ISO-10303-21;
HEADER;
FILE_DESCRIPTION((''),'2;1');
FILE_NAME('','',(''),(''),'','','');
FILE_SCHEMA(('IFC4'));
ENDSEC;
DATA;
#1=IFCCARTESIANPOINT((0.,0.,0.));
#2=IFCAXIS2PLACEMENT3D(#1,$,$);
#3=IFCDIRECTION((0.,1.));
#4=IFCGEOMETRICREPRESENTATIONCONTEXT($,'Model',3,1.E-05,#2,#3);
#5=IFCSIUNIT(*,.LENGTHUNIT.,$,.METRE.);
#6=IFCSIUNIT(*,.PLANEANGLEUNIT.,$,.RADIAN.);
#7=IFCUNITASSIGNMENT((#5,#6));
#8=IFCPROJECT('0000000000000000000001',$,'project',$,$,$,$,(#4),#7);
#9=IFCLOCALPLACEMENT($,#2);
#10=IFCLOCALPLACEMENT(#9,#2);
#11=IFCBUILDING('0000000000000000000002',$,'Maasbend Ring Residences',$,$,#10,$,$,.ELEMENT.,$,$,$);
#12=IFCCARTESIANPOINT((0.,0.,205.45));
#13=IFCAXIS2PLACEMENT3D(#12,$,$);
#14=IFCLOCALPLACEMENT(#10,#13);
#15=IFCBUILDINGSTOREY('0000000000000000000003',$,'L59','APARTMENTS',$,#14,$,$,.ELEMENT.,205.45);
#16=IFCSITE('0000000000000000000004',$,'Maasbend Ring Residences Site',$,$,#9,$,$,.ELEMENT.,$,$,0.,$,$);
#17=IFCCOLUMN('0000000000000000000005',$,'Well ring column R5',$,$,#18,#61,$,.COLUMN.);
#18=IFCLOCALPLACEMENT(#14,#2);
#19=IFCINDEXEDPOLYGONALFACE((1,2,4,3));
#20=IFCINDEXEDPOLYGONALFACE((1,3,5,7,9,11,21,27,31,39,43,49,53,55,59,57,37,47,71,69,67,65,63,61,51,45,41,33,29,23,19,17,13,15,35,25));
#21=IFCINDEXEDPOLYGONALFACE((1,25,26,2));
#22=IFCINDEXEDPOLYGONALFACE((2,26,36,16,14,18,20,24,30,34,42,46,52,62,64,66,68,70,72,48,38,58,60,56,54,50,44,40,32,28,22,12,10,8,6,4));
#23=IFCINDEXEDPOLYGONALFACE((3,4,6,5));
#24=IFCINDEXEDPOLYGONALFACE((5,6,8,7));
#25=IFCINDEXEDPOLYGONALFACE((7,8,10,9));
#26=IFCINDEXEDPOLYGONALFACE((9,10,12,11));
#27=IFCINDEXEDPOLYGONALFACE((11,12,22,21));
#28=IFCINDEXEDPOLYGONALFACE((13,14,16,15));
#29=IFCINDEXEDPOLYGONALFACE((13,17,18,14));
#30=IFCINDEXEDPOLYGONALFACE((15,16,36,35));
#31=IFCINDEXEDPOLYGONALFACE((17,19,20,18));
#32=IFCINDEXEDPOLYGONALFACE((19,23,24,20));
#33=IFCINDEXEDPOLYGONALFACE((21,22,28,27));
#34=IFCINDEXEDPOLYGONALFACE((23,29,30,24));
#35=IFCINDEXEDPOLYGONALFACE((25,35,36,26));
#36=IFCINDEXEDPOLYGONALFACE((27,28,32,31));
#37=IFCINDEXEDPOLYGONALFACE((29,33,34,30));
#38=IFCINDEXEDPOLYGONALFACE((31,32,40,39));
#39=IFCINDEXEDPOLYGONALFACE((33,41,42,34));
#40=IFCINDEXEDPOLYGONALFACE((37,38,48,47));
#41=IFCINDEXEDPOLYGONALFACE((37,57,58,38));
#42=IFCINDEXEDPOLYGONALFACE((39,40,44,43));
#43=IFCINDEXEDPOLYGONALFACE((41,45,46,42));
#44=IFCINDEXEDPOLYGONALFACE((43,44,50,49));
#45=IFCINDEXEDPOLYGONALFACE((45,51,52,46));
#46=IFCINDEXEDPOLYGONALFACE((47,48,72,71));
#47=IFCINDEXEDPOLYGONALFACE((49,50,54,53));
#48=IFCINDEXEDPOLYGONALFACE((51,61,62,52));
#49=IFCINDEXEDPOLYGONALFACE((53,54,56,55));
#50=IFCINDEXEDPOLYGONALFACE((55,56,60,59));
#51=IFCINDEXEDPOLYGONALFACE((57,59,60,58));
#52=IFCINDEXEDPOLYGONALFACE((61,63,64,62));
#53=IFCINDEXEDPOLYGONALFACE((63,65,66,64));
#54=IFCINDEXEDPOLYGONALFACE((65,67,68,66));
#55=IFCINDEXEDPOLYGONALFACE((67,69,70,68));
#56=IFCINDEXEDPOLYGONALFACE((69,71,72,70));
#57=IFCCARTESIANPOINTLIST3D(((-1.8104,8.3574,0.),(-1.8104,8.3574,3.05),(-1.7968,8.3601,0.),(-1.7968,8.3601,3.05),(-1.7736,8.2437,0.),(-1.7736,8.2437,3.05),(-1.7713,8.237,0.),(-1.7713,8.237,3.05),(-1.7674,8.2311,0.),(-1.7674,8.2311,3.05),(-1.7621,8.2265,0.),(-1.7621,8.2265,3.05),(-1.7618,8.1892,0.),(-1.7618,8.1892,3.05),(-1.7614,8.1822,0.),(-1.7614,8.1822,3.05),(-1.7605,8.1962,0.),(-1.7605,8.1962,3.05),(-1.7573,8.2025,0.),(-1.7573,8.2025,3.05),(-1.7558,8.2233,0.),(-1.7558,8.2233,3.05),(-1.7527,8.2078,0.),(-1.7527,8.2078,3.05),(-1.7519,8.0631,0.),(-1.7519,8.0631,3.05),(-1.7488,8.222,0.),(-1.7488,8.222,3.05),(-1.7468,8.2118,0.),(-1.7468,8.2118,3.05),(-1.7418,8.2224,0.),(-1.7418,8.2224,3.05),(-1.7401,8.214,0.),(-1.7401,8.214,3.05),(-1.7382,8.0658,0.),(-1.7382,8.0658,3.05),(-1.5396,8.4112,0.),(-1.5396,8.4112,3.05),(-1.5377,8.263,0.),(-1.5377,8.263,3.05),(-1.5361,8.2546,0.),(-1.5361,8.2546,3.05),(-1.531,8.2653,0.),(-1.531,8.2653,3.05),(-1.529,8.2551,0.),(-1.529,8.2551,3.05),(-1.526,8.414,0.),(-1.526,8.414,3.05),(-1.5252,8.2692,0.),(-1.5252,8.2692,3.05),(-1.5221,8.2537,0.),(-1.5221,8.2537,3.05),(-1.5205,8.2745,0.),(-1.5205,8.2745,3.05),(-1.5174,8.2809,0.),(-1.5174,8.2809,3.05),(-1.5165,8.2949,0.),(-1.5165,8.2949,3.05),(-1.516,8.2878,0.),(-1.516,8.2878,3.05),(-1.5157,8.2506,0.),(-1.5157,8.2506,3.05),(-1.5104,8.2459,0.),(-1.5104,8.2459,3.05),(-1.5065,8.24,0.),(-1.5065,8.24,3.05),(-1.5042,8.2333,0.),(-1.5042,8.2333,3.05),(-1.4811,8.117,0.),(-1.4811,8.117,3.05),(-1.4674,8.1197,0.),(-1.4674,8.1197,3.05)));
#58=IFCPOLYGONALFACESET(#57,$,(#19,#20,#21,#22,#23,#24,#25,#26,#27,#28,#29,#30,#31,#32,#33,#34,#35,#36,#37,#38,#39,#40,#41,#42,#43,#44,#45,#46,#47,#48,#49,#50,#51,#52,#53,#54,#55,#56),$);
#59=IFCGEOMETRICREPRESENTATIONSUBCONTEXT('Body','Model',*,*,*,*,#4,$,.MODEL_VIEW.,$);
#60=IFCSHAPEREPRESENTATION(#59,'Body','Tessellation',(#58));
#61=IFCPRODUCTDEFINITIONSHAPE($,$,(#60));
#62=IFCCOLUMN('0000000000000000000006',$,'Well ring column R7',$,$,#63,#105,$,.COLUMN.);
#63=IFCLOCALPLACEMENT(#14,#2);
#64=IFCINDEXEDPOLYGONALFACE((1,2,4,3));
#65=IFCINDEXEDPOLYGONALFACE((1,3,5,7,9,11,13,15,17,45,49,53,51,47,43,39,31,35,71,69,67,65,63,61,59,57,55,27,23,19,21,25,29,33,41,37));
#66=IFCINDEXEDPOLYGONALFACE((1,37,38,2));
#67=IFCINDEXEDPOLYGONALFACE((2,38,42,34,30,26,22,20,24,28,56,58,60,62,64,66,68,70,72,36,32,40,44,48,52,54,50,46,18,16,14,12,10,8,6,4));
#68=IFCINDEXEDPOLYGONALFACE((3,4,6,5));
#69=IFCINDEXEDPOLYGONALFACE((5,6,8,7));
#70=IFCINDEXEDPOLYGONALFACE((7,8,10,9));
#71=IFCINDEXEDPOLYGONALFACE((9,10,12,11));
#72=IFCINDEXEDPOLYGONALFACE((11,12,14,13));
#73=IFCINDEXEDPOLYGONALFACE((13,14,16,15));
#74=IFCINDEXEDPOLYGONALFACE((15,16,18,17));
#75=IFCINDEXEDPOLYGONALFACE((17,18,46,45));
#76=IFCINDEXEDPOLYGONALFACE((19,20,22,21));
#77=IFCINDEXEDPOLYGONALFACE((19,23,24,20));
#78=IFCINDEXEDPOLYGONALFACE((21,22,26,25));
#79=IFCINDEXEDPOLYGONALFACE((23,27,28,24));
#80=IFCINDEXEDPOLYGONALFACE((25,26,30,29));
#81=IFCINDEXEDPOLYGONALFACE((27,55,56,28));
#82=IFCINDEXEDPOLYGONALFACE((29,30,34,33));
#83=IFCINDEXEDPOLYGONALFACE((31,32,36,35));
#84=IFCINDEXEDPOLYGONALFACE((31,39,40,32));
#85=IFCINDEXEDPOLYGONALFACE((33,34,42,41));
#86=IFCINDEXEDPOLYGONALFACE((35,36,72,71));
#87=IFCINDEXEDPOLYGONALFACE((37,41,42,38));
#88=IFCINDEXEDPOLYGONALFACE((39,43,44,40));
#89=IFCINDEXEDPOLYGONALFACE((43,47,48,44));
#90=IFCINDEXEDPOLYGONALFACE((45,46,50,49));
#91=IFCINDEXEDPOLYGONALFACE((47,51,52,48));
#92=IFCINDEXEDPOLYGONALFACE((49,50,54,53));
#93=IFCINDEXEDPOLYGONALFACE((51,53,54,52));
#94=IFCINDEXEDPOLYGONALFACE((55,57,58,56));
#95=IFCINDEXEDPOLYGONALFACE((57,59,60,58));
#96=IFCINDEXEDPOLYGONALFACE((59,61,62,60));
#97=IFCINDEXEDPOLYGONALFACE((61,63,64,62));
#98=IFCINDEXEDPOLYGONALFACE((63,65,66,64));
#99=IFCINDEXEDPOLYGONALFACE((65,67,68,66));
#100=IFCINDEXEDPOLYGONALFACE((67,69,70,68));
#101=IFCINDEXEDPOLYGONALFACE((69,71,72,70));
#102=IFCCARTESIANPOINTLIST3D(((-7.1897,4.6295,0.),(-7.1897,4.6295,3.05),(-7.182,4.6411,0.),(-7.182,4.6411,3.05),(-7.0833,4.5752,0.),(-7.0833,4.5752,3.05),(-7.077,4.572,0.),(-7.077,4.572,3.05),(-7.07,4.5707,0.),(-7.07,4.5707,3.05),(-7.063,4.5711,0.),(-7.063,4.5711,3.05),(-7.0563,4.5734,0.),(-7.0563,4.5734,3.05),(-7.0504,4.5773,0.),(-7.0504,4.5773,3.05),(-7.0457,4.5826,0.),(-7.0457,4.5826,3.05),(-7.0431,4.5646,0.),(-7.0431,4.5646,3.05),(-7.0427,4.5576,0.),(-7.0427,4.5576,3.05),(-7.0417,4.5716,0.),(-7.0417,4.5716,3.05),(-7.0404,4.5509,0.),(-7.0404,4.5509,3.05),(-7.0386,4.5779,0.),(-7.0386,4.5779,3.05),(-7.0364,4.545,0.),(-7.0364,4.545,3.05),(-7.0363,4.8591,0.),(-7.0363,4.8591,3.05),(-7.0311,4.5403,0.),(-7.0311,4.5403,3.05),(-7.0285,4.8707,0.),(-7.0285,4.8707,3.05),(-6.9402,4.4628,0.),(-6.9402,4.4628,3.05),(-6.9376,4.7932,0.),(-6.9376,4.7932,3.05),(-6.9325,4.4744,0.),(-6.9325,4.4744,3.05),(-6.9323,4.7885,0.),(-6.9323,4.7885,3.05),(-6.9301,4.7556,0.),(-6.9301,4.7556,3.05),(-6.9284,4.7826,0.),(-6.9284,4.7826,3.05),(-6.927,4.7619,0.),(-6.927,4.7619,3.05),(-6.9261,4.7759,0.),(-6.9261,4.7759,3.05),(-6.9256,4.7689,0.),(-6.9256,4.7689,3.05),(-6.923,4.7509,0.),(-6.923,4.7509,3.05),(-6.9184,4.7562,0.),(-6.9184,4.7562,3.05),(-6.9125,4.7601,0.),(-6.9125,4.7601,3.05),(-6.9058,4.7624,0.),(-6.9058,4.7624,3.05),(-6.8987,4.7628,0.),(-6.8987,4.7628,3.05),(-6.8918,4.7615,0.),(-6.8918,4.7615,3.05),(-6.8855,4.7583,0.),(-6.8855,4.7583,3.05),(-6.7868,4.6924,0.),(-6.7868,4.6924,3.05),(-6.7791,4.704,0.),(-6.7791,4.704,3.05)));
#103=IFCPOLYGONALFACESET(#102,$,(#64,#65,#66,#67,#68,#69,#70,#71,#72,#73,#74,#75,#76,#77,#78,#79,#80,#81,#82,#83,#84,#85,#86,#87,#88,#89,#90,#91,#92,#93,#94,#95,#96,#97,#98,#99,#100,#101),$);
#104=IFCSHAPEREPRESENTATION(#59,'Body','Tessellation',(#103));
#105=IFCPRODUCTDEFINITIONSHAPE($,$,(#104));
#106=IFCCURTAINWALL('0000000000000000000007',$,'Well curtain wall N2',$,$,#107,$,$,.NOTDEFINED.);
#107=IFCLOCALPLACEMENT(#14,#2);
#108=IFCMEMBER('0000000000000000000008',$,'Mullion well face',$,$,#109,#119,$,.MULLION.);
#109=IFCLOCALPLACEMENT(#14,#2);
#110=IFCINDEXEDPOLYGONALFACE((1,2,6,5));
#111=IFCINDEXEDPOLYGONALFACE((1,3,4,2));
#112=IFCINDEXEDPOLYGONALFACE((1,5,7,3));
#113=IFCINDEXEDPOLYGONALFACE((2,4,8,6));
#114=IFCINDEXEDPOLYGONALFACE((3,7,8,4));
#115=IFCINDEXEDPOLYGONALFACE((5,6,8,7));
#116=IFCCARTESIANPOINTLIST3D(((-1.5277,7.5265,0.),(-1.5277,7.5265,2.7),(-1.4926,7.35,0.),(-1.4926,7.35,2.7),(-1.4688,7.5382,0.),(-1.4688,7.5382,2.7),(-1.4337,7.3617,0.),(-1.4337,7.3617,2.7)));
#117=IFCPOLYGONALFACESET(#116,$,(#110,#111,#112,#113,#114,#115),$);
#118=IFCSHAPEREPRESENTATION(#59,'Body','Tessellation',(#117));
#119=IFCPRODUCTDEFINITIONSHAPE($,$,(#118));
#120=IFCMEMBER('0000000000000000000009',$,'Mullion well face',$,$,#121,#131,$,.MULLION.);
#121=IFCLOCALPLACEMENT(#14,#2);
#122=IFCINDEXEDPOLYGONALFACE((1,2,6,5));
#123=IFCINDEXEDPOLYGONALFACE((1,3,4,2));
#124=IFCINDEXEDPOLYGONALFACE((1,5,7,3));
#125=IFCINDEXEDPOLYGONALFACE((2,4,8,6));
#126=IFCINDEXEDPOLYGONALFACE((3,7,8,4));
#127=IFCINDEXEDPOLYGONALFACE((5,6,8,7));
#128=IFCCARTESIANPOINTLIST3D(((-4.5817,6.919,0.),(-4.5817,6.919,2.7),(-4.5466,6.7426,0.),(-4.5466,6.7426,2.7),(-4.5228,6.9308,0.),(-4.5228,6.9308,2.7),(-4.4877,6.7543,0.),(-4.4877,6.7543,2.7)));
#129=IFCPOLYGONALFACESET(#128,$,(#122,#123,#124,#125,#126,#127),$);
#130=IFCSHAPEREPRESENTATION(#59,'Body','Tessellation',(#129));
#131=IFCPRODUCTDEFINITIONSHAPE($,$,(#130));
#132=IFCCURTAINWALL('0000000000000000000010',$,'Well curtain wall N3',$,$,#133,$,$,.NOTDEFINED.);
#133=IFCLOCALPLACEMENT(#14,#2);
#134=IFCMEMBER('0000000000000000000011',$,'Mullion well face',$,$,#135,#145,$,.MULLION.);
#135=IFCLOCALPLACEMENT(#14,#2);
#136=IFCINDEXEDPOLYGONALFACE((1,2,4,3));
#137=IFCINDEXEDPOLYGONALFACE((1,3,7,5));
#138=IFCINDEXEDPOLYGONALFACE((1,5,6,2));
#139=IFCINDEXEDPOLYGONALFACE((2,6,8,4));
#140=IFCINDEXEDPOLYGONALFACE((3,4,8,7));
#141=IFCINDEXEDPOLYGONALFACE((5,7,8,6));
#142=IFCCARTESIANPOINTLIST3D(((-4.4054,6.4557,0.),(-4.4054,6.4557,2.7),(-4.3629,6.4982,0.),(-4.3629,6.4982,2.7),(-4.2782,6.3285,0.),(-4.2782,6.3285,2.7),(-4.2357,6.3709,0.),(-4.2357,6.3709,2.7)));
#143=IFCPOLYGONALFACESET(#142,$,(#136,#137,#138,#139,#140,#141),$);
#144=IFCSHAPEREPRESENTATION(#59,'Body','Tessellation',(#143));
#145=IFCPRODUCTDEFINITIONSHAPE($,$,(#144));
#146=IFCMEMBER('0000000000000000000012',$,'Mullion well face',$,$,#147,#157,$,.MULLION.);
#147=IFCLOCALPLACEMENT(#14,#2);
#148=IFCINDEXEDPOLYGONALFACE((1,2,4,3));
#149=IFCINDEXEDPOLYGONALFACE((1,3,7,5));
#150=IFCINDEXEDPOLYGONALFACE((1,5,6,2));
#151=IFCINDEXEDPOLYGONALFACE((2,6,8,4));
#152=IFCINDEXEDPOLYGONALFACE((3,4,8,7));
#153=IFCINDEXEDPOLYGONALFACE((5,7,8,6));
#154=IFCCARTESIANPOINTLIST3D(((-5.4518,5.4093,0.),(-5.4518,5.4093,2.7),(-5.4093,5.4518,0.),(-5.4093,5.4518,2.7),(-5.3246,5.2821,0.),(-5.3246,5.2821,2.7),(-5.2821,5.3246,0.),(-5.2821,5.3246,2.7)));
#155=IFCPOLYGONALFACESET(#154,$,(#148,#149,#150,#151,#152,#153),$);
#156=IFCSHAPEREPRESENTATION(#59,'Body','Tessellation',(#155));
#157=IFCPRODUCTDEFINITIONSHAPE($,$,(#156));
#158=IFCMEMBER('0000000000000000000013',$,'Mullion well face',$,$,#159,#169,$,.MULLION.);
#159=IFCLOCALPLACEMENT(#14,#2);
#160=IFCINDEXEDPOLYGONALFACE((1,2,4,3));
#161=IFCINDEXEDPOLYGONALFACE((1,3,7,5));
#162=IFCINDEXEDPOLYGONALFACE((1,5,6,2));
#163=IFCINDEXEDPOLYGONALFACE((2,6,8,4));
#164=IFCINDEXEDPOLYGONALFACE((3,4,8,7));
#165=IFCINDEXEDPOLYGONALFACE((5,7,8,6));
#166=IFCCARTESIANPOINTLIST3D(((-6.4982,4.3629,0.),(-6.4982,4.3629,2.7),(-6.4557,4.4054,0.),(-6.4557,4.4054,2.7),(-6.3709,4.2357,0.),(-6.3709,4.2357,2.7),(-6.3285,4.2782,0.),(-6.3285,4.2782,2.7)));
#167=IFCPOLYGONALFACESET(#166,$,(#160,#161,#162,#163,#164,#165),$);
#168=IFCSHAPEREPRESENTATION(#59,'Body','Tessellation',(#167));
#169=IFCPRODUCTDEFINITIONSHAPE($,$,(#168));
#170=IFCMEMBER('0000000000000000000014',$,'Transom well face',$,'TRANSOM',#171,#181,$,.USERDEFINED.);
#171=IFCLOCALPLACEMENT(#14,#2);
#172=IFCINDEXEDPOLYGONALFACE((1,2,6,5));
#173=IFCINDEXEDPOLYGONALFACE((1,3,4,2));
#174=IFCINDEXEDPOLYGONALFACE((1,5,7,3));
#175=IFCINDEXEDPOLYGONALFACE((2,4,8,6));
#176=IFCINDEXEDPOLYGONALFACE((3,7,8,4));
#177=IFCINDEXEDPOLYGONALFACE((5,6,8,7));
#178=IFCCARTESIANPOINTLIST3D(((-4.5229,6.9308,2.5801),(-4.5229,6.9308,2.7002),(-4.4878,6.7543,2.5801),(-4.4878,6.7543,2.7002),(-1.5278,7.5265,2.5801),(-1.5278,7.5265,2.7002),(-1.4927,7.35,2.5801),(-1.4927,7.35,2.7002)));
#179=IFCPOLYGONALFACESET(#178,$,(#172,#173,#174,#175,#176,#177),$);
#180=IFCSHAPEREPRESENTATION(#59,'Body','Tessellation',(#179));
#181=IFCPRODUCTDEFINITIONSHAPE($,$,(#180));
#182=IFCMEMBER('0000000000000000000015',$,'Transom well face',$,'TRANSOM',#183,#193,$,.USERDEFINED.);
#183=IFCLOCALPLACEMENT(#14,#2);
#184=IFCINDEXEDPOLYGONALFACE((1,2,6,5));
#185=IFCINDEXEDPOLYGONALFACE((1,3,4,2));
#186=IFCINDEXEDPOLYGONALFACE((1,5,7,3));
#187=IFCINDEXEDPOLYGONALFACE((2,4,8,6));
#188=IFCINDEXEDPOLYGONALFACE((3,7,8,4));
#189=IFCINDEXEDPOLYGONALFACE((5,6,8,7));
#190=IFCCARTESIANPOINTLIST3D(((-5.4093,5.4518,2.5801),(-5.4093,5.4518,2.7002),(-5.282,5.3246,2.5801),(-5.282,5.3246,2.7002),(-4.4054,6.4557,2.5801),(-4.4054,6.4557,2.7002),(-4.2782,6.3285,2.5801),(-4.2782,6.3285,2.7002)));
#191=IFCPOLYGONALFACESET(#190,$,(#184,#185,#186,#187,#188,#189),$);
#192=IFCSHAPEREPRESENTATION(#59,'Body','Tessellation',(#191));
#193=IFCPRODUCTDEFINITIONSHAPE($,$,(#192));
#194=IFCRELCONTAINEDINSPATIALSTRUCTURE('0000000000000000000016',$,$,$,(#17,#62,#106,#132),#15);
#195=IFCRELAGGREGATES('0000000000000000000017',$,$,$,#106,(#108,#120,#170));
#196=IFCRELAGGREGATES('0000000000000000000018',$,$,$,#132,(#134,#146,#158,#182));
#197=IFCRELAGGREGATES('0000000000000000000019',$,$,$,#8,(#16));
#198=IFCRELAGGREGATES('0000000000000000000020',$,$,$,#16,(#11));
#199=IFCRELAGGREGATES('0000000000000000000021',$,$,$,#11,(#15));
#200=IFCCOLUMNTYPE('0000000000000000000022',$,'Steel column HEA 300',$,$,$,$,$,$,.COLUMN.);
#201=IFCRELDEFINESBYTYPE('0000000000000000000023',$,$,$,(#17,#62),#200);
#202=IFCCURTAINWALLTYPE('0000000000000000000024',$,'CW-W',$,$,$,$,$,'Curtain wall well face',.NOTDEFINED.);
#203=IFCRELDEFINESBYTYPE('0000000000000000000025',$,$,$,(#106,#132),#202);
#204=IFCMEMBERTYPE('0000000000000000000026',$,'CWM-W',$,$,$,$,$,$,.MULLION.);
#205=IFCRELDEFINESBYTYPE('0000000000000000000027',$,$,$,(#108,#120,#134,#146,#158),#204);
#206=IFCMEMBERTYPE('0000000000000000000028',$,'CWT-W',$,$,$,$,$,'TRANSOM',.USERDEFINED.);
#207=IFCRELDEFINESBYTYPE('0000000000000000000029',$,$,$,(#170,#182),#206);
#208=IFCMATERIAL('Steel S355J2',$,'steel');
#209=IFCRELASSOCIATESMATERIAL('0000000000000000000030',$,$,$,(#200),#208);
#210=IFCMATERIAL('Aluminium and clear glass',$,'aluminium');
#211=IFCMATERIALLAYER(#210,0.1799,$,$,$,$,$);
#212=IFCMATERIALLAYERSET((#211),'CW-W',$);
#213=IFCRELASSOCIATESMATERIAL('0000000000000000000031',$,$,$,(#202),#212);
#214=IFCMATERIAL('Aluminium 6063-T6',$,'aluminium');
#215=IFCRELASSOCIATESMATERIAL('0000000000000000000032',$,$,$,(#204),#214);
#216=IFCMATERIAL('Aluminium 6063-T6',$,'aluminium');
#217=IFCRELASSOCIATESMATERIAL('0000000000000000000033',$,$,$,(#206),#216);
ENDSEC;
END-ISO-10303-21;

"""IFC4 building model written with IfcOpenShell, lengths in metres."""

from ifc_helpers import new_model, si_unit, direction, frame, origin, origin_2d, place, context, subcontext, project, spatial, rectangle, i_section, extrude, material, layer, layer_set, material_profile, profile_set, type_object, element, aggregate, save


model = new_model("IFC4")

# Units and contexts
model_context = context("Model", 3, precision=1e-05, world=origin(), true_north=direction((0.0, 1.0)))
body_context = subcontext(model_context, "Body", "Model", "MODEL_VIEW")
ifc_project = project(units=[si_unit("LENGTHUNIT", "METRE"), si_unit("PLANEANGLEUNIT", "RADIAN")], contexts=[model_context])

# Site, building, storey
site_placement = place(None, origin())
site = spatial("IfcSite", under=ifc_project, at=site_placement, Name="Maasbend Ring Residences Site", CompositionType="ELEMENT", RefElevation=0.0)
building_placement = place(site_placement, origin())
building = spatial("IfcBuilding", under=site, at=building_placement, Name="Maasbend Ring Residences", CompositionType="ELEMENT")
storey_placement = place(building_placement, frame((0.0, 0.0, 205.45)))
storey = spatial("IfcBuildingStorey", under=building, at=storey_placement, Name="L59", Description="APARTMENTS", CompositionType="ELEMENT", Elevation=205.45)

# Columns
ifc_material_1 = material(Name="Steel S355J2", Category="steel")
ifc_material_profile_1 = material_profile(ifc_material_1, i_section(OverallWidth=0.3, OverallDepth=0.29, WebThickness=0.0085, FlangeThickness=0.0139, FilletRadius=0.0271, at=origin_2d()), Name="HEA 300")
ifc_profile_set_1 = profile_set([ifc_material_profile_1], Name="Steel S355J2")
column_type = type_object("IfcColumnType", Name="Steel column HEA 300", PredefinedType="COLUMN", material=ifc_profile_set_1)
for number, where, z_axis, x_axis, name in (
    (1, (-1.6389, 8.2385, 0.0), (0.0, 0.0, 1.0), (-0.19509, 0.980785, 0.0), "Well ring column R5"),
    (2, (-6.9844, 4.6667, 0.0), (0.0, 0.0, 1.0), (-0.83147, 0.55557, 0.0), "Well ring column R7"),
):
    element("IfcColumn", number, at=place(storey_placement, frame(where, z_axis=z_axis, x_axis=x_axis)), inside=storey, type_object=column_type, Name=name, PredefinedType="COLUMN", context=body_context, shape_type="SweptSolid", body=[
        extrude(i_section(OverallWidth=0.3, OverallDepth=0.29, WebThickness=0.0085, FlangeThickness=0.0139, FilletRadius=0.0271, at=origin_2d()), origin(), (0.0, 0.0, 1.0), 3.05),
    ])

# Curtain walls, members
ifc_material_2 = material(Name="Aluminium and clear glass", Category="aluminium")
ifc_layer_1 = layer(ifc_material_2, 0.1799)
ifc_layer_set_1 = layer_set([ifc_layer_1], Name="CW-W")
curtain_wall_type = type_object("IfcCurtainWallType", Name="CW-W", ElementType="Curtain wall well face", PredefinedType="NOTDEFINED", material=ifc_layer_set_1)
curtain_wall_1_placement = place(storey_placement, origin())
curtain_wall_1 = element("IfcCurtainWall", 3, at=curtain_wall_1_placement, inside=storey, type_object=curtain_wall_type, Name="Well curtain wall N2", PredefinedType="NOTDEFINED")
ifc_material_3 = material(Name="Aluminium 6063-T6", Category="aluminium")
ifc_material_profile_2 = material_profile(ifc_material_3, rectangle(XDim=0.1799, YDim=0.0601, at=origin_2d()), Name="AL 180x60")
ifc_profile_set_2 = profile_set([ifc_material_profile_2], Name="Aluminium 6063-T6")
member_type_1 = type_object("IfcMemberType", Name="CWM-W", PredefinedType="MULLION", material=ifc_profile_set_2)
member_1_placement = place(storey_placement, frame((-1.4807, 7.4441, 0.0), z_axis=(0.0, 0.0, 1.0), x_axis=(0.19509, -0.980785, 0.0)))
member_1 = element("IfcMember", 4, at=member_1_placement, type_object=member_type_1, Name="Mullion well face", PredefinedType="MULLION", context=body_context, shape_type="SweptSolid", body=[
    extrude(rectangle(XDim=0.1799, YDim=0.0601, at=origin_2d()), origin(), (0.0, 0.0, 1.0), 2.7),
])
member_2_placement = place(storey_placement, frame((-4.5347, 6.8367, 0.0), z_axis=(0.0, 0.0, 1.0), x_axis=(0.19509, -0.980785, 0.0)))
member_2 = element("IfcMember", 5, at=member_2_placement, type_object=member_type_1, Name="Mullion well face", PredefinedType="MULLION", context=body_context, shape_type="SweptSolid", body=[
    extrude(rectangle(XDim=0.1799, YDim=0.0601, at=origin_2d()), origin(), (0.0, 0.0, 1.0), 2.7),
])
curtain_wall_2_placement = place(storey_placement, origin())
curtain_wall_2 = element("IfcCurtainWall", 6, at=curtain_wall_2_placement, inside=storey, type_object=curtain_wall_type, Name="Well curtain wall N3", PredefinedType="NOTDEFINED")
member_3_placement = place(storey_placement, frame((-4.3206, 6.4133, 0.0), z_axis=(0.0, 0.0, 1.0), x_axis=(0.707107, -0.707107, 0.0)))
member_3 = element("IfcMember", 7, at=member_3_placement, type_object=member_type_1, Name="Mullion well face", PredefinedType="MULLION", context=body_context, shape_type="SweptSolid", body=[
    extrude(rectangle(XDim=0.1799, YDim=0.0601, at=origin_2d()), origin(), (0.0, 0.0, 1.0), 2.7),
])
member_4_placement = place(storey_placement, frame((-5.3669, 5.3669, 0.0), z_axis=(0.0, 0.0, 1.0), x_axis=(0.707107, -0.707107, 0.0)))
member_4 = element("IfcMember", 8, at=member_4_placement, type_object=member_type_1, Name="Mullion well face", PredefinedType="MULLION", context=body_context, shape_type="SweptSolid", body=[
    extrude(rectangle(XDim=0.1799, YDim=0.0601, at=origin_2d()), origin(), (0.0, 0.0, 1.0), 2.7),
])
member_5_placement = place(storey_placement, frame((-6.4133, 4.3206, 0.0), z_axis=(0.0, 0.0, 1.0), x_axis=(0.707107, -0.707107, 0.0)))
member_5 = element("IfcMember", 9, at=member_5_placement, type_object=member_type_1, Name="Mullion well face", PredefinedType="MULLION", context=body_context, shape_type="SweptSolid", body=[
    extrude(rectangle(XDim=0.1799, YDim=0.0601, at=origin_2d()), origin(), (0.0, 0.0, 1.0), 2.7),
])

# Members
ifc_material_4 = material(Name="Aluminium 6063-T6", Category="aluminium")
ifc_material_profile_3 = material_profile(ifc_material_4, rectangle(XDim=0.1799, YDim=0.1201, at=origin_2d()), Name="AL 180x120")
ifc_profile_set_3 = profile_set([ifc_material_profile_3], Name="Aluminium 6063-T6")
member_type_2 = type_object("IfcMemberType", Name="CWT-W", ElementType="TRANSOM", PredefinedType="USERDEFINED", material=ifc_profile_set_3)
member_6_placement = place(storey_placement, frame((-1.5103, 7.4382, 2.6401), z_axis=(-0.980789, -0.195071, 0.0), x_axis=(0.195071, -0.980789, 0.0)))
member_6 = element("IfcMember", 10, at=member_6_placement, type_object=member_type_2, Name="Transom well face", ObjectType="TRANSOM", PredefinedType="USERDEFINED", context=body_context, shape_type="SweptSolid", body=[
    extrude(rectangle(XDim=0.1799, YDim=0.1201, at=origin_2d()), origin(), (0.0, 0.0, 1.0), 3.0537),
])
member_7_placement = place(storey_placement, frame((-4.3418, 6.3921, 2.6401), z_axis=(-0.707107, -0.707107, 0.0), x_axis=(0.707107, -0.707107, 0.0)))
member_7 = element("IfcMember", 11, at=member_7_placement, type_object=member_type_2, Name="Transom well face", ObjectType="TRANSOM", PredefinedType="USERDEFINED", context=body_context, shape_type="SweptSolid", body=[
    extrude(rectangle(XDim=0.1799, YDim=0.1201, at=origin_2d()), origin(), (0.0, 0.0, 1.0), 1.4197),
])

aggregate(curtain_wall_1, [member_1, member_2, member_6])
aggregate(curtain_wall_2, [member_3, member_4, member_5, member_7])

save(model, "model.ifc")
